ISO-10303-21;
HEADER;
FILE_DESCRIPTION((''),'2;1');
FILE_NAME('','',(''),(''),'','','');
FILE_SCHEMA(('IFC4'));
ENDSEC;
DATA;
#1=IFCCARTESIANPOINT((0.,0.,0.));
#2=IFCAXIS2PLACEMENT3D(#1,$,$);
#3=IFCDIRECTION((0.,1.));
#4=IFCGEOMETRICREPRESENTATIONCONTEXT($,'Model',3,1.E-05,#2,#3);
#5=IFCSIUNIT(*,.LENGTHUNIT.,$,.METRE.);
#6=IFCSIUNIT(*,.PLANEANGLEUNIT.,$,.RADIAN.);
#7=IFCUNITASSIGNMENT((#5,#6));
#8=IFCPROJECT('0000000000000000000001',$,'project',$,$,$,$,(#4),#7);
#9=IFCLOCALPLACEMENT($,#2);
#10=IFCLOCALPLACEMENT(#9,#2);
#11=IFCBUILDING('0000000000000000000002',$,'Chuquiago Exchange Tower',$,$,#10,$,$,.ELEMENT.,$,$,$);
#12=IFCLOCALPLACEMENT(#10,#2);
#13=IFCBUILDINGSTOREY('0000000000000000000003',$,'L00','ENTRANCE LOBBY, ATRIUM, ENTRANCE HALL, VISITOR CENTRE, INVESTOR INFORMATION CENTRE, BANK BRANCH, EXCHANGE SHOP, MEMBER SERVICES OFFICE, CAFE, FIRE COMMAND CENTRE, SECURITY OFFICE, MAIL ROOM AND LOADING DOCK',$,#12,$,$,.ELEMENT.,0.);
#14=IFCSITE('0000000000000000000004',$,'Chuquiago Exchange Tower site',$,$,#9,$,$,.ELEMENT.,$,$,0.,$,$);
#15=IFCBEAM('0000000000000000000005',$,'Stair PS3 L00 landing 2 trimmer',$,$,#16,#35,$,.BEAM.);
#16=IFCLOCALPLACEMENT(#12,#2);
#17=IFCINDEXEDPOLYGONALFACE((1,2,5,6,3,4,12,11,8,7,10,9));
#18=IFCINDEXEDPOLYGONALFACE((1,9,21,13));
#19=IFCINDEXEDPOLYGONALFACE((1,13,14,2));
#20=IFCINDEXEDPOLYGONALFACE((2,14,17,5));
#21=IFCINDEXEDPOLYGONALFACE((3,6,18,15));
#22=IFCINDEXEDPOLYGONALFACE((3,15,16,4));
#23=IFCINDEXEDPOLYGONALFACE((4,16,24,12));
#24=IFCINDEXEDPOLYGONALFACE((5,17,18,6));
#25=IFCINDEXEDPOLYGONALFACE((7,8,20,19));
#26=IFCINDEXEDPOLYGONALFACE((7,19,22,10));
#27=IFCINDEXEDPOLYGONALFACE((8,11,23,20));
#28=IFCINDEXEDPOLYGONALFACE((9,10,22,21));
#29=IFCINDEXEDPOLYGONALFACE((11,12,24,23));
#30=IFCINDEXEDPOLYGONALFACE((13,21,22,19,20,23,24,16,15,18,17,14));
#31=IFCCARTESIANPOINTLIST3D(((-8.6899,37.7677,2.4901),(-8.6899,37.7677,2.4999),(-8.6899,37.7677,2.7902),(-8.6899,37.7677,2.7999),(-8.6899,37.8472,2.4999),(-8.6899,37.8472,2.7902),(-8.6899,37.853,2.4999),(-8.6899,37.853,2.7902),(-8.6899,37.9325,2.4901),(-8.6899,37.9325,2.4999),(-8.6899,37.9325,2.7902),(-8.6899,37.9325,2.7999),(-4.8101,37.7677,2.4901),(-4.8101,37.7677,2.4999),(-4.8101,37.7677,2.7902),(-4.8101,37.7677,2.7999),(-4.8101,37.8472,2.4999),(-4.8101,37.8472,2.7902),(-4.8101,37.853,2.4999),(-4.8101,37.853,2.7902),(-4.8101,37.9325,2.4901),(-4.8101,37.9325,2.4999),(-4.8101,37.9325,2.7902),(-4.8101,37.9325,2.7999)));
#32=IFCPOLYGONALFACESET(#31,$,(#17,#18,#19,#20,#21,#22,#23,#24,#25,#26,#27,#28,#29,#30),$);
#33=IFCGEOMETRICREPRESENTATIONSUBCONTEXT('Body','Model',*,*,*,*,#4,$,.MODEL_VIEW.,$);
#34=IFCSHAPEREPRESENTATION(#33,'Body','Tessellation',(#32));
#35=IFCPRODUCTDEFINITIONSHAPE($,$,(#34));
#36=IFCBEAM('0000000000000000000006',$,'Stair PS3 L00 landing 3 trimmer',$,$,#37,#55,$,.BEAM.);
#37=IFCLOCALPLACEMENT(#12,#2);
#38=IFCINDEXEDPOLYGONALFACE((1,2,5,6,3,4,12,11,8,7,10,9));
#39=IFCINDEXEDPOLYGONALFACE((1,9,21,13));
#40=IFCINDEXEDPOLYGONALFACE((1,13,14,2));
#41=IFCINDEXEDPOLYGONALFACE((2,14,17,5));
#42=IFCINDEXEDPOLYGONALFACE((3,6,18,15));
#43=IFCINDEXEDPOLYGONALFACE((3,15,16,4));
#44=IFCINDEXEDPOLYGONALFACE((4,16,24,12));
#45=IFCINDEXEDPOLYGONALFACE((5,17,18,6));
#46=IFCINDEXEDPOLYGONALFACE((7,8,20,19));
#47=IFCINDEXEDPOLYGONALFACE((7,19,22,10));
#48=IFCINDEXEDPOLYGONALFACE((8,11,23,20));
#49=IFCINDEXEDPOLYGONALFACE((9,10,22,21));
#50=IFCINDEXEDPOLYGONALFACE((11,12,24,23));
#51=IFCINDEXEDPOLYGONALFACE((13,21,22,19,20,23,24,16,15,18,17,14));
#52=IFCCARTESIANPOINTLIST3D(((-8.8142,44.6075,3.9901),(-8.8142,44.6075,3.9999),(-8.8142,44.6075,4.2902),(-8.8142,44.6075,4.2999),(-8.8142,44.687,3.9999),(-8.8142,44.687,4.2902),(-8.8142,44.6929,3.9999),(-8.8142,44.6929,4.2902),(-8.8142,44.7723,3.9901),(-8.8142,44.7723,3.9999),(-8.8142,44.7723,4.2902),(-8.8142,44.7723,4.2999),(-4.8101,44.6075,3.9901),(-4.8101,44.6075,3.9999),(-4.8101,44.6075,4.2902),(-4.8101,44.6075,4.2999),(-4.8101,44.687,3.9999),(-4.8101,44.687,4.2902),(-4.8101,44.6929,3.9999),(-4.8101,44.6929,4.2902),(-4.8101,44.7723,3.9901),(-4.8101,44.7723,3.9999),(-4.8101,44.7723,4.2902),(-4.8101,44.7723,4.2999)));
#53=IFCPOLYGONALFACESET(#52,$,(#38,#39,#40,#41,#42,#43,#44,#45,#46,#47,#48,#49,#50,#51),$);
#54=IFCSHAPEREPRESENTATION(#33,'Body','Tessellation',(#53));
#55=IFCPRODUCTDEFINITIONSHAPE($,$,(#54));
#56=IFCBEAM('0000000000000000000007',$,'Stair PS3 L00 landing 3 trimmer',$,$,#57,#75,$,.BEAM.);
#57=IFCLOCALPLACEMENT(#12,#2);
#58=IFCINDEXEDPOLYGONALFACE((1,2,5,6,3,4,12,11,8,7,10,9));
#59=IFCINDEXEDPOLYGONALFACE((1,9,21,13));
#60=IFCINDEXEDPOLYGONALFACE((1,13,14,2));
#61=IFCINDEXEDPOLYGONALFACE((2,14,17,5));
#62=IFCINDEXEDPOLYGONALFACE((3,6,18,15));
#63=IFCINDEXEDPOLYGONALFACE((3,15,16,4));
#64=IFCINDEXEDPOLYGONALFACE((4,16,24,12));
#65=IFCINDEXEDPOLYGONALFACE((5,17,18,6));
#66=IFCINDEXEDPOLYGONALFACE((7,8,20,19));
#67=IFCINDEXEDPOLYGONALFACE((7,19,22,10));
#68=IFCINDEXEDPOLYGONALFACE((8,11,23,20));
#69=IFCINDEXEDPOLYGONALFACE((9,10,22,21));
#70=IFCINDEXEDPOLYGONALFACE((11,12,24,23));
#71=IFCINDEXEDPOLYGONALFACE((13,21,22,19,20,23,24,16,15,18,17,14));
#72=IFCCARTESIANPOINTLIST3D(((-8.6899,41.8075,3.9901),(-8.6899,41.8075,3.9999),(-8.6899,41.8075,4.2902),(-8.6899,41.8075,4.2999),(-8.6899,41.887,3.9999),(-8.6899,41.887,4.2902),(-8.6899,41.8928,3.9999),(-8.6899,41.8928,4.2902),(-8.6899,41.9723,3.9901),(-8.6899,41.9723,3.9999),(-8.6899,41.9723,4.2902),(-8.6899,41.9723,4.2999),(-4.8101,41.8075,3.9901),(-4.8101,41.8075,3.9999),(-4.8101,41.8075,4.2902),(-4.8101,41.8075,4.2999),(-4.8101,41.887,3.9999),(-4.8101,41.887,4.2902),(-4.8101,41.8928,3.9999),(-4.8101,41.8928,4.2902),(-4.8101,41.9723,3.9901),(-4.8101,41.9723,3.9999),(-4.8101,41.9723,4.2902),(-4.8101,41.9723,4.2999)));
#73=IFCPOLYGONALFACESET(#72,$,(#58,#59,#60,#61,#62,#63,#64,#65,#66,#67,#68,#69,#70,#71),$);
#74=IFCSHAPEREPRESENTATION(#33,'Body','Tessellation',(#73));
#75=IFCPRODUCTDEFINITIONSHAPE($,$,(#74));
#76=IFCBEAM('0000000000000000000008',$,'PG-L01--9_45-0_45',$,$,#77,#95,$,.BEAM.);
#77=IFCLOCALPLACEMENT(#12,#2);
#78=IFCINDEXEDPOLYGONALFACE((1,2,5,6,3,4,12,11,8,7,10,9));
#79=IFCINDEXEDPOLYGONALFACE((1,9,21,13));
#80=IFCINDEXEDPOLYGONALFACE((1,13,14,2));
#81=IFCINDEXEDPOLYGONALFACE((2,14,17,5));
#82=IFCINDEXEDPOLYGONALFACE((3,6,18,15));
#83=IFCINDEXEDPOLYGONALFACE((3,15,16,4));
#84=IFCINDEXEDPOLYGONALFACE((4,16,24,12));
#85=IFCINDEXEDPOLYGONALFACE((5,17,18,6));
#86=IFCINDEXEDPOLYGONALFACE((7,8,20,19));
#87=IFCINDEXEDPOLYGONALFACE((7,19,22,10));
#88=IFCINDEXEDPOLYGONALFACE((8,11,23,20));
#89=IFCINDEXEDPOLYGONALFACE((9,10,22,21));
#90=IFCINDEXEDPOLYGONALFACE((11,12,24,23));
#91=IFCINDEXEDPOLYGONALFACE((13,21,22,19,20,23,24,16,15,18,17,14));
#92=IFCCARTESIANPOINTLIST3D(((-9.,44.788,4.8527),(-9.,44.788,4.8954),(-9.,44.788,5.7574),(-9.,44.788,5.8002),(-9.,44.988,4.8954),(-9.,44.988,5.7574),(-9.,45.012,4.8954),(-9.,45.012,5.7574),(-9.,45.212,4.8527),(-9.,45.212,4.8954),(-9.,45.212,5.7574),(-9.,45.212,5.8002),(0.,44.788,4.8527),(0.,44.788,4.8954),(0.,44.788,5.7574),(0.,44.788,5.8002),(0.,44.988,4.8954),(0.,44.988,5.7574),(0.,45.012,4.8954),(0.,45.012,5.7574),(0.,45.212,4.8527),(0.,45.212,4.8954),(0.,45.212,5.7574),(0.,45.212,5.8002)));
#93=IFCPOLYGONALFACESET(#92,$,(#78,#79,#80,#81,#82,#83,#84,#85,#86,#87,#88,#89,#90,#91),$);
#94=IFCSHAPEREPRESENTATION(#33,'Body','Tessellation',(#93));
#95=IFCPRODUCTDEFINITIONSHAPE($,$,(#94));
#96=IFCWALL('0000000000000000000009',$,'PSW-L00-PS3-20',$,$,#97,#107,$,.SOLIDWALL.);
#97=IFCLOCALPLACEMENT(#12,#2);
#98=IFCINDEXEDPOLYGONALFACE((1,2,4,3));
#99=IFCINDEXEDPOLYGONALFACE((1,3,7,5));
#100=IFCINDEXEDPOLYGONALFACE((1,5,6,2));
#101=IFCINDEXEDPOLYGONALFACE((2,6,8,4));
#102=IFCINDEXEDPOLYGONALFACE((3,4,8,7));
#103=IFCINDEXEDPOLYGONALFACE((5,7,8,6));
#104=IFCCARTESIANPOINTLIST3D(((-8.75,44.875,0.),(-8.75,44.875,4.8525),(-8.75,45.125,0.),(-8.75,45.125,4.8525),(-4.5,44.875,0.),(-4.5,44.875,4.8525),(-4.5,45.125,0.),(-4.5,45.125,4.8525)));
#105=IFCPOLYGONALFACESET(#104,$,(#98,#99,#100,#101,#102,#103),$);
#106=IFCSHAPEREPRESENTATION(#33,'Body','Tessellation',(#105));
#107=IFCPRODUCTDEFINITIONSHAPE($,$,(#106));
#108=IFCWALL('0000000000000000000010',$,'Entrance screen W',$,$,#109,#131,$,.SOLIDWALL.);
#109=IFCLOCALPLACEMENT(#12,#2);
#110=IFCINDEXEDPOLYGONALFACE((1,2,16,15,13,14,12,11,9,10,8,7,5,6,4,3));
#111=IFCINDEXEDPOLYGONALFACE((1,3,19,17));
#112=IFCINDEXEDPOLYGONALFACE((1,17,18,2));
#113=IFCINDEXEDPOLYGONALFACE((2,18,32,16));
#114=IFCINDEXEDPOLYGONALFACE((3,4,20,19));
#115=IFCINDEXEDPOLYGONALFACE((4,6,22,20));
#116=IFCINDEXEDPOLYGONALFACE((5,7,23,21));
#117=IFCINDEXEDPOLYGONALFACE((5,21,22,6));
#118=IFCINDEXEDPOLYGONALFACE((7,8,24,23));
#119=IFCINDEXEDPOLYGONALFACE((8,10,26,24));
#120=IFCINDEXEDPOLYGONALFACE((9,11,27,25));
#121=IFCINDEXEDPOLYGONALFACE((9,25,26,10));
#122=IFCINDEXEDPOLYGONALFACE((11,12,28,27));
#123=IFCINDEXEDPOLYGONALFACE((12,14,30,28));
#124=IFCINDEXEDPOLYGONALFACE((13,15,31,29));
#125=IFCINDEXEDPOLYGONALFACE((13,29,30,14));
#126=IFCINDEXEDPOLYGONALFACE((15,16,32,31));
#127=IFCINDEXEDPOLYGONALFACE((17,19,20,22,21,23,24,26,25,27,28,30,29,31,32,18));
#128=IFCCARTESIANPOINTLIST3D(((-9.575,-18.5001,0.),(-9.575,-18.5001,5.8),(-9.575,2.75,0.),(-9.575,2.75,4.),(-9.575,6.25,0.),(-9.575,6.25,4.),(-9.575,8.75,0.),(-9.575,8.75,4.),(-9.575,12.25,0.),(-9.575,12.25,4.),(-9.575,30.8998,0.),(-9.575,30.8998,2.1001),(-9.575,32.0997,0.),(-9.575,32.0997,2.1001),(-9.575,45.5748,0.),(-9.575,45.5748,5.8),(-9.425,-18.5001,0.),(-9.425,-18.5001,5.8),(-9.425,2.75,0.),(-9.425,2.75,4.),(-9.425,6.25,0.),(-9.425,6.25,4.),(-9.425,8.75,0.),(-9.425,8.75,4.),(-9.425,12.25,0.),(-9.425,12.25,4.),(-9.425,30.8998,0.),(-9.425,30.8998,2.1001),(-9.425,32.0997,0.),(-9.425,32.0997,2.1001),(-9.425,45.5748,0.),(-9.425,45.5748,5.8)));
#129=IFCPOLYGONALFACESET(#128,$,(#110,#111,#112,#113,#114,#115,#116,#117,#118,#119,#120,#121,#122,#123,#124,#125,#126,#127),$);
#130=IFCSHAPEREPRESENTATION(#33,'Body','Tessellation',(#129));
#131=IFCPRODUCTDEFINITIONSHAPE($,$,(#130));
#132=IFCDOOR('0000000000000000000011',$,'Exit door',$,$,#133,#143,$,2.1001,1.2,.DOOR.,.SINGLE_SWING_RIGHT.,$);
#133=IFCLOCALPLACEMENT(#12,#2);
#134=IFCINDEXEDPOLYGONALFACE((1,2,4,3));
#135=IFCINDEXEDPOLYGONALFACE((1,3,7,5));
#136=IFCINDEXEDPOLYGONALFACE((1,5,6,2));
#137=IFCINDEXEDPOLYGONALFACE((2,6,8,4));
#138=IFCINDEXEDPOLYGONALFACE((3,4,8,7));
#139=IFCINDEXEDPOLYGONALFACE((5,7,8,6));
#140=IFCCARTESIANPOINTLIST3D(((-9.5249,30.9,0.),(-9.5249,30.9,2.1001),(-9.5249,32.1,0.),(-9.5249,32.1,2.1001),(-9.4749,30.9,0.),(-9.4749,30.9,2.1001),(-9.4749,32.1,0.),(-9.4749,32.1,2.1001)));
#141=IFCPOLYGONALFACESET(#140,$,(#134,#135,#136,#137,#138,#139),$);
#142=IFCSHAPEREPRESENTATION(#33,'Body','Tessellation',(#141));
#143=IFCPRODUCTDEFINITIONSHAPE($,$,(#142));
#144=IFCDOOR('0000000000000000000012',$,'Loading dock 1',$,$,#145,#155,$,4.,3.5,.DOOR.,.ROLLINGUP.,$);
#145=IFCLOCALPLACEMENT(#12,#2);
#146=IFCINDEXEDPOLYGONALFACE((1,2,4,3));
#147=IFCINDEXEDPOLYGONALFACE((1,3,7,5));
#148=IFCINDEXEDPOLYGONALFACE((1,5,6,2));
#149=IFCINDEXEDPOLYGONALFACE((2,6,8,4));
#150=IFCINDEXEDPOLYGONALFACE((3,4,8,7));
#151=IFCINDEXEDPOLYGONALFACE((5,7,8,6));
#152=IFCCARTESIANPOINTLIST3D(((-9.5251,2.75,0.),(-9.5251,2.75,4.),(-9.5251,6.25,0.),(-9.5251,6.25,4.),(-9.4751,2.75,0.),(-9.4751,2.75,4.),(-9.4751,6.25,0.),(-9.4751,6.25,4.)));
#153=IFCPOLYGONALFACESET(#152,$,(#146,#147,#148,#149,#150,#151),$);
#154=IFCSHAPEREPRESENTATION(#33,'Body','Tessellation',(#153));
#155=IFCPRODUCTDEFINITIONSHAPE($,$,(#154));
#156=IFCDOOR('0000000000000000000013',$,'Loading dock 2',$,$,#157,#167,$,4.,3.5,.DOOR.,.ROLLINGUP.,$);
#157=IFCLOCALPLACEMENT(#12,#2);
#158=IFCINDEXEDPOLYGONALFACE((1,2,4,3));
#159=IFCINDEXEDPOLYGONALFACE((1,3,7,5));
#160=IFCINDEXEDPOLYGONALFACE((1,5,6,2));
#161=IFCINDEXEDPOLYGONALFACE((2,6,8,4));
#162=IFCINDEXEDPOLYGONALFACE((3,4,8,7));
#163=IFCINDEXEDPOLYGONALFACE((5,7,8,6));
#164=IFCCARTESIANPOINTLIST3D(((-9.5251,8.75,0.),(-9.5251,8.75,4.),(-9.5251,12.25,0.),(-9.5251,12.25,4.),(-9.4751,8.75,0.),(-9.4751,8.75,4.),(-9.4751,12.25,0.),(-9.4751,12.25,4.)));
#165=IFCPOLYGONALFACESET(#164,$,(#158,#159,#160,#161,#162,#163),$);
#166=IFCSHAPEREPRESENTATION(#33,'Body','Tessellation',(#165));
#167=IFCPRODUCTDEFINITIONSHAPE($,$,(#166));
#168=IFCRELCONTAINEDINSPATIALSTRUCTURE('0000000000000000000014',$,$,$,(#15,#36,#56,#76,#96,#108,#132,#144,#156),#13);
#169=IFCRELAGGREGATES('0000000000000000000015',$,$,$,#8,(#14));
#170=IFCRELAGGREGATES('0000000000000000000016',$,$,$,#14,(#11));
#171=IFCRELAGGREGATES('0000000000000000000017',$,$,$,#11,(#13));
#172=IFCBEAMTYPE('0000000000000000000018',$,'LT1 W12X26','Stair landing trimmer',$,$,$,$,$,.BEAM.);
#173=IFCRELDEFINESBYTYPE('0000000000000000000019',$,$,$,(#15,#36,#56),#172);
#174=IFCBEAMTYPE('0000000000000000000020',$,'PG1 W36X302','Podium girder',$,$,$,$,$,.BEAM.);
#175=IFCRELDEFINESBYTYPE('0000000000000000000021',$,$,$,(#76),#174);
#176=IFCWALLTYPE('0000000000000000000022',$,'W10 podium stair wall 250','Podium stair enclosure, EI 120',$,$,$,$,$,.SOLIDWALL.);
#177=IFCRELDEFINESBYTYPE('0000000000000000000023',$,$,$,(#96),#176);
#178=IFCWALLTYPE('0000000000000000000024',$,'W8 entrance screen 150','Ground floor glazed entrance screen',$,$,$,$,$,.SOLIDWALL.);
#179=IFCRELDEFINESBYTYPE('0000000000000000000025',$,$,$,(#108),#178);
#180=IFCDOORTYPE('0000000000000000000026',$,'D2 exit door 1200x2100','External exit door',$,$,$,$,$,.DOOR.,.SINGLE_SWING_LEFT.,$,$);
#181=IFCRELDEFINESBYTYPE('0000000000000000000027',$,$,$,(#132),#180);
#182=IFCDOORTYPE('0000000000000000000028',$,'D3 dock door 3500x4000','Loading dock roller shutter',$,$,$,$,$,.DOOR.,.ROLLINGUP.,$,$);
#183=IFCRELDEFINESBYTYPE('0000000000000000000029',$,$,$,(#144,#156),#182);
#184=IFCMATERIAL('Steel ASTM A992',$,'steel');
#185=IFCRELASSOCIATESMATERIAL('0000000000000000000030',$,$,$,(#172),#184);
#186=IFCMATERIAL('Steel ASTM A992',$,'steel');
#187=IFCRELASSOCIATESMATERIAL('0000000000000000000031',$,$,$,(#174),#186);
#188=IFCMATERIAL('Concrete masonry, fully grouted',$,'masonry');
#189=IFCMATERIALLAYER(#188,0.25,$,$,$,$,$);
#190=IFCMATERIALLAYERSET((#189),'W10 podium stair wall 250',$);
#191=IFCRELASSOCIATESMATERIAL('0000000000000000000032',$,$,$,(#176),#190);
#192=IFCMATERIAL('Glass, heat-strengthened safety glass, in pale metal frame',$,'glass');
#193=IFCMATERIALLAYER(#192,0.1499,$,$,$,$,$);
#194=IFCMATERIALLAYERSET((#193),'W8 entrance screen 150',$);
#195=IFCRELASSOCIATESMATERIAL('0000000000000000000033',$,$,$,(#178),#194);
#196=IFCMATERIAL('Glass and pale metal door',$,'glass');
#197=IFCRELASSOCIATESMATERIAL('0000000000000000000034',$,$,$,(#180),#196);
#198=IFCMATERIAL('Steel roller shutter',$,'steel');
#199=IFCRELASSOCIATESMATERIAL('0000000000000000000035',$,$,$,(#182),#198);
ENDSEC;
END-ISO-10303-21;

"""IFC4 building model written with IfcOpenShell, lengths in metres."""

from ifc_helpers import new_model, si_unit, direction, frame, frame_2d, origin, origin_2d, place, context, subcontext, project, spatial, rectangle, i_section, extrude, material, layer, layer_set, material_profile, profile_set, type_object, element, fill, save


model = new_model("IFC4")

# Units and contexts
model_context = context("Model", 3, precision=1e-05, world=origin(), true_north=direction((0.0, 1.0)))
body_context = subcontext(model_context, "Body", "Model", "MODEL_VIEW")
ifc_project = project(units=[si_unit("LENGTHUNIT", "METRE"), si_unit("PLANEANGLEUNIT", "RADIAN")], contexts=[model_context])

# Site, building, storey
site_placement = place(None, origin())
site = spatial("IfcSite", under=ifc_project, at=site_placement, Name="Chuquiago Exchange Tower site", CompositionType="ELEMENT", RefElevation=0.0)
building_placement = place(site_placement, origin())
building = spatial("IfcBuilding", under=site, at=building_placement, Name="Chuquiago Exchange Tower", CompositionType="ELEMENT")
storey_placement = place(building_placement, origin())
storey = spatial("IfcBuildingStorey", under=building, at=storey_placement, Name="L00", Description="ENTRANCE LOBBY, ATRIUM, ENTRANCE HALL, VISITOR CENTRE, INVESTOR INFORMATION CENTRE, BANK BRANCH, EXCHANGE SHOP, MEMBER SERVICES OFFICE, CAFE, FIRE COMMAND CENTRE, SECURITY OFFICE, MAIL ROOM AND LOADING DOCK", CompositionType="ELEMENT", Elevation=0.0)

# Beams
ifc_material_1 = material(Name="Steel ASTM A992", Category="steel")
ifc_material_profile_1 = material_profile(ifc_material_1, i_section(OverallWidth=0.1648, OverallDepth=0.3098, WebThickness=0.0059, FlangeThickness=0.0098, at=origin_2d()), Name="W12X26")
ifc_profile_set_1 = profile_set([ifc_material_profile_1], Name="Steel ASTM A992")
beam_type_1 = type_object("IfcBeamType", Name="LT1 W12X26", Description="Stair landing trimmer", PredefinedType="BEAM", material=ifc_profile_set_1)
for number, where, z_axis, x_axis, name in (
    (1, (-8.6899, 37.8501, 2.645), (1.0, 0.0, 0.0), (0.0, 1.0, 0.0), "Stair PS3 L00 landing 2 trimmer"),
):
    element("IfcBeam", number, at=place(storey_placement, frame(where, z_axis=z_axis, x_axis=x_axis)), inside=storey, type_object=beam_type_1, Name=name, PredefinedType="BEAM", context=body_context, shape_type="SweptSolid", body=[
        extrude(i_section(OverallWidth=0.1648, OverallDepth=0.3098, WebThickness=0.0059, FlangeThickness=0.0098, at=origin_2d()), origin(), (0.0, 0.0, 1.0), 3.8799),
    ])
beam_1_placement = place(storey_placement, frame((-8.8142, 44.6899, 4.145), z_axis=(1.0, 0.0, 0.0), x_axis=(0.0, 1.0, 0.0)))
element("IfcBeam", 2, at=beam_1_placement, inside=storey, type_object=beam_type_1, Name="Stair PS3 L00 landing 3 trimmer", PredefinedType="BEAM", context=body_context, shape_type="SweptSolid", body=[
    extrude(i_section(OverallWidth=0.1648, OverallDepth=0.3098, WebThickness=0.0059, FlangeThickness=0.0098, at=origin_2d()), origin(), (0.0, 0.0, 1.0), 4.0042),
])
beam_2_placement = place(storey_placement, frame((-8.6899, 41.8899, 4.145), z_axis=(1.0, 0.0, 0.0), x_axis=(0.0, 1.0, 0.0)))
element("IfcBeam", 3, at=beam_2_placement, inside=storey, type_object=beam_type_1, Name="Stair PS3 L00 landing 3 trimmer", PredefinedType="BEAM", context=body_context, shape_type="SweptSolid", body=[
    extrude(i_section(OverallWidth=0.1648, OverallDepth=0.3098, WebThickness=0.0059, FlangeThickness=0.0098, at=origin_2d()), origin(), (0.0, 0.0, 1.0), 3.8799),
])
ifc_material_2 = material(Name="Steel ASTM A992", Category="steel")
ifc_material_profile_2 = material_profile(ifc_material_2, i_section(OverallWidth=0.4241, OverallDepth=0.9475, WebThickness=0.0239, FlangeThickness=0.0427, at=origin_2d()), Name="W36X302")
ifc_profile_set_2 = profile_set([ifc_material_profile_2], Name="Steel ASTM A992")
beam_type_2 = type_object("IfcBeamType", Name="PG1 W36X302", Description="Podium girder", PredefinedType="BEAM", material=ifc_profile_set_2)
beam_3_placement = place(storey_placement, frame((-9.0, 45.0, 5.3264), z_axis=(1.0, 0.0, 0.0), x_axis=(0.0, 1.0, 0.0)))
element("IfcBeam", 4, at=beam_3_placement, inside=storey, type_object=beam_type_2, Name="PG-L01--9_45-0_45", PredefinedType="BEAM", context=body_context, shape_type="SweptSolid", body=[
    extrude(i_section(OverallWidth=0.4241, OverallDepth=0.9475, WebThickness=0.0239, FlangeThickness=0.0427, at=origin_2d()), origin(), (0.0, 0.0, 1.0), 9.0),
])

# Wall
ifc_material_3 = material(Name="Concrete masonry, fully grouted", Category="masonry")
ifc_layer_1 = layer(ifc_material_3, 0.25)
ifc_layer_set_1 = layer_set([ifc_layer_1], Name="W10 podium stair wall 250")
wall_type_1 = type_object("IfcWallType", Name="W10 podium stair wall 250", Description="Podium stair enclosure, EI 120", PredefinedType="SOLIDWALL", material=ifc_layer_set_1)
wall_1_placement = place(storey_placement, frame((-8.75, 45.0, 0.0), z_axis=(0.0, 0.0, 1.0), x_axis=(1.0, 0.0, 0.0)))
element("IfcWall", 5, at=wall_1_placement, inside=storey, type_object=wall_type_1, Name="PSW-L00-PS3-20", PredefinedType="SOLIDWALL", context=body_context, shape_type="SweptSolid", body=[
    extrude(rectangle(XDim=4.25, YDim=0.25, at=frame_2d((2.125, 0.0))), origin(), (0.0, 0.0, 1.0), 4.8525),
])

# Wall, openings, doors
ifc_material_4 = material(Name="Glass, heat-strengthened safety glass, in pale metal frame", Category="glass")
ifc_layer_2 = layer(ifc_material_4, 0.1499)
ifc_layer_set_2 = layer_set([ifc_layer_2], Name="W8 entrance screen 150")
wall_type_2 = type_object("IfcWallType", Name="W8 entrance screen 150", Description="Ground floor glazed entrance screen", PredefinedType="SOLIDWALL", material=ifc_layer_set_2)
wall_2_placement = place(storey_placement, frame((-9.5, 45.575, 0.0), z_axis=(0.0, 0.0, 1.0), x_axis=(0.0, -1.0, 0.0)))
wall_2 = element("IfcWall", 6, at=wall_2_placement, inside=storey, type_object=wall_type_2, Name="Entrance screen W", PredefinedType="SOLIDWALL", context=body_context, shape_type="SweptSolid", body=[
    extrude(rectangle(XDim=64.075, YDim=0.1499, at=frame_2d((32.0376, 0.0))), origin(), (0.0, 0.0, 1.0), 5.8),
])
opening_1_placement = place(wall_2_placement, frame((39.325, 0.0, 0.0)))
opening_1 = element("IfcOpeningElement", 7, at=opening_1_placement, cuts=wall_2, PredefinedType="OPENING", context=body_context, shape_type="SweptSolid", body=[
    extrude(rectangle(XDim=3.5, YDim=4.0, at=frame_2d((1.75, 2.0))), frame((0.0, 0.085, 0.0), z_axis=(0.0, -1.0, 0.0), x_axis=(1.0, 0.0, 0.0)), (0.0, 0.0, 1.0), 0.1699),
])
opening_2_placement = place(wall_2_placement, frame((33.325, 0.0, 0.0)))
opening_2 = element("IfcOpeningElement", 8, at=opening_2_placement, cuts=wall_2, PredefinedType="OPENING", context=body_context, shape_type="SweptSolid", body=[
    extrude(rectangle(XDim=3.5, YDim=4.0, at=frame_2d((1.75, 2.0))), frame((0.0, 0.085, 0.0), z_axis=(0.0, -1.0, 0.0), x_axis=(1.0, 0.0, 0.0)), (0.0, 0.0, 1.0), 0.1699),
])
opening_3_placement = place(wall_2_placement, frame((13.4751, 0.0, 0.0)))
opening_3 = element("IfcOpeningElement", 9, at=opening_3_placement, cuts=wall_2, PredefinedType="OPENING", context=body_context, shape_type="SweptSolid", body=[
    extrude(rectangle(XDim=1.2, YDim=2.1001, at=frame_2d((0.6001, 1.05))), frame((0.0, 0.085, 0.0), z_axis=(0.0, -1.0, 0.0), x_axis=(1.0, 0.0, 0.0)), (0.0, 0.0, 1.0), 0.1699),
])
ifc_material_5 = material(Name="Glass and pale metal door", Category="glass")
door_type_1 = type_object("IfcDoorType", Name="D2 exit door 1200x2100", Description="External exit door", OperationType="SINGLE_SWING_LEFT", PredefinedType="DOOR", material=ifc_material_5)
door_1_placement = place(opening_3_placement, frame((1.2, 0.0, 0.0), z_axis=(0.0, 0.0, 1.0), x_axis=(-1.0, 0.0, 0.0)))
door_1 = element("IfcDoor", 10, at=door_1_placement, inside=storey, type_object=door_type_1, Name="Exit door", OperationType="SINGLE_SWING_RIGHT", OverallHeight=2.1001, OverallWidth=1.2, PredefinedType="DOOR", context=body_context, shape_type="SweptSolid", body=[
    extrude(rectangle(XDim=1.2, YDim=2.1001, at=frame_2d((0.6001, 1.05))), frame((0.0, 0.0249, 0.0), z_axis=(0.0, -1.0, 0.0), x_axis=(1.0, 0.0, 0.0)), (0.0, 0.0, 1.0), 0.05),
])
fill(opening_3, door_1)
ifc_material_6 = material(Name="Steel roller shutter", Category="steel")
door_type_2 = type_object("IfcDoorType", Name="D3 dock door 3500x4000", Description="Loading dock roller shutter", OperationType="ROLLINGUP", PredefinedType="DOOR", material=ifc_material_6)
door_2_placement = place(opening_1_placement, origin())
door_2 = element("IfcDoor", 11, at=door_2_placement, inside=storey, type_object=door_type_2, Name="Loading dock 1", OperationType="ROLLINGUP", OverallHeight=4.0, OverallWidth=3.5, PredefinedType="DOOR", context=body_context, shape_type="SweptSolid", body=[
    extrude(rectangle(XDim=3.5, YDim=4.0, at=frame_2d((1.75, 2.0))), frame((0.0, 0.0249, 0.0), z_axis=(0.0, -1.0, 0.0), x_axis=(1.0, 0.0, 0.0)), (0.0, 0.0, 1.0), 0.05),
])
fill(opening_1, door_2)
door_3_placement = place(opening_2_placement, origin())
door_3 = element("IfcDoor", 12, at=door_3_placement, inside=storey, type_object=door_type_2, Name="Loading dock 2", OperationType="ROLLINGUP", OverallHeight=4.0, OverallWidth=3.5, PredefinedType="DOOR", context=body_context, shape_type="SweptSolid", body=[
    extrude(rectangle(XDim=3.5, YDim=4.0, at=frame_2d((1.75, 2.0))), frame((0.0, 0.0249, 0.0), z_axis=(0.0, -1.0, 0.0), x_axis=(1.0, 0.0, 0.0)), (0.0, 0.0, 1.0), 0.05),
])
fill(opening_2, door_3)

save(model, "model.ifc")
